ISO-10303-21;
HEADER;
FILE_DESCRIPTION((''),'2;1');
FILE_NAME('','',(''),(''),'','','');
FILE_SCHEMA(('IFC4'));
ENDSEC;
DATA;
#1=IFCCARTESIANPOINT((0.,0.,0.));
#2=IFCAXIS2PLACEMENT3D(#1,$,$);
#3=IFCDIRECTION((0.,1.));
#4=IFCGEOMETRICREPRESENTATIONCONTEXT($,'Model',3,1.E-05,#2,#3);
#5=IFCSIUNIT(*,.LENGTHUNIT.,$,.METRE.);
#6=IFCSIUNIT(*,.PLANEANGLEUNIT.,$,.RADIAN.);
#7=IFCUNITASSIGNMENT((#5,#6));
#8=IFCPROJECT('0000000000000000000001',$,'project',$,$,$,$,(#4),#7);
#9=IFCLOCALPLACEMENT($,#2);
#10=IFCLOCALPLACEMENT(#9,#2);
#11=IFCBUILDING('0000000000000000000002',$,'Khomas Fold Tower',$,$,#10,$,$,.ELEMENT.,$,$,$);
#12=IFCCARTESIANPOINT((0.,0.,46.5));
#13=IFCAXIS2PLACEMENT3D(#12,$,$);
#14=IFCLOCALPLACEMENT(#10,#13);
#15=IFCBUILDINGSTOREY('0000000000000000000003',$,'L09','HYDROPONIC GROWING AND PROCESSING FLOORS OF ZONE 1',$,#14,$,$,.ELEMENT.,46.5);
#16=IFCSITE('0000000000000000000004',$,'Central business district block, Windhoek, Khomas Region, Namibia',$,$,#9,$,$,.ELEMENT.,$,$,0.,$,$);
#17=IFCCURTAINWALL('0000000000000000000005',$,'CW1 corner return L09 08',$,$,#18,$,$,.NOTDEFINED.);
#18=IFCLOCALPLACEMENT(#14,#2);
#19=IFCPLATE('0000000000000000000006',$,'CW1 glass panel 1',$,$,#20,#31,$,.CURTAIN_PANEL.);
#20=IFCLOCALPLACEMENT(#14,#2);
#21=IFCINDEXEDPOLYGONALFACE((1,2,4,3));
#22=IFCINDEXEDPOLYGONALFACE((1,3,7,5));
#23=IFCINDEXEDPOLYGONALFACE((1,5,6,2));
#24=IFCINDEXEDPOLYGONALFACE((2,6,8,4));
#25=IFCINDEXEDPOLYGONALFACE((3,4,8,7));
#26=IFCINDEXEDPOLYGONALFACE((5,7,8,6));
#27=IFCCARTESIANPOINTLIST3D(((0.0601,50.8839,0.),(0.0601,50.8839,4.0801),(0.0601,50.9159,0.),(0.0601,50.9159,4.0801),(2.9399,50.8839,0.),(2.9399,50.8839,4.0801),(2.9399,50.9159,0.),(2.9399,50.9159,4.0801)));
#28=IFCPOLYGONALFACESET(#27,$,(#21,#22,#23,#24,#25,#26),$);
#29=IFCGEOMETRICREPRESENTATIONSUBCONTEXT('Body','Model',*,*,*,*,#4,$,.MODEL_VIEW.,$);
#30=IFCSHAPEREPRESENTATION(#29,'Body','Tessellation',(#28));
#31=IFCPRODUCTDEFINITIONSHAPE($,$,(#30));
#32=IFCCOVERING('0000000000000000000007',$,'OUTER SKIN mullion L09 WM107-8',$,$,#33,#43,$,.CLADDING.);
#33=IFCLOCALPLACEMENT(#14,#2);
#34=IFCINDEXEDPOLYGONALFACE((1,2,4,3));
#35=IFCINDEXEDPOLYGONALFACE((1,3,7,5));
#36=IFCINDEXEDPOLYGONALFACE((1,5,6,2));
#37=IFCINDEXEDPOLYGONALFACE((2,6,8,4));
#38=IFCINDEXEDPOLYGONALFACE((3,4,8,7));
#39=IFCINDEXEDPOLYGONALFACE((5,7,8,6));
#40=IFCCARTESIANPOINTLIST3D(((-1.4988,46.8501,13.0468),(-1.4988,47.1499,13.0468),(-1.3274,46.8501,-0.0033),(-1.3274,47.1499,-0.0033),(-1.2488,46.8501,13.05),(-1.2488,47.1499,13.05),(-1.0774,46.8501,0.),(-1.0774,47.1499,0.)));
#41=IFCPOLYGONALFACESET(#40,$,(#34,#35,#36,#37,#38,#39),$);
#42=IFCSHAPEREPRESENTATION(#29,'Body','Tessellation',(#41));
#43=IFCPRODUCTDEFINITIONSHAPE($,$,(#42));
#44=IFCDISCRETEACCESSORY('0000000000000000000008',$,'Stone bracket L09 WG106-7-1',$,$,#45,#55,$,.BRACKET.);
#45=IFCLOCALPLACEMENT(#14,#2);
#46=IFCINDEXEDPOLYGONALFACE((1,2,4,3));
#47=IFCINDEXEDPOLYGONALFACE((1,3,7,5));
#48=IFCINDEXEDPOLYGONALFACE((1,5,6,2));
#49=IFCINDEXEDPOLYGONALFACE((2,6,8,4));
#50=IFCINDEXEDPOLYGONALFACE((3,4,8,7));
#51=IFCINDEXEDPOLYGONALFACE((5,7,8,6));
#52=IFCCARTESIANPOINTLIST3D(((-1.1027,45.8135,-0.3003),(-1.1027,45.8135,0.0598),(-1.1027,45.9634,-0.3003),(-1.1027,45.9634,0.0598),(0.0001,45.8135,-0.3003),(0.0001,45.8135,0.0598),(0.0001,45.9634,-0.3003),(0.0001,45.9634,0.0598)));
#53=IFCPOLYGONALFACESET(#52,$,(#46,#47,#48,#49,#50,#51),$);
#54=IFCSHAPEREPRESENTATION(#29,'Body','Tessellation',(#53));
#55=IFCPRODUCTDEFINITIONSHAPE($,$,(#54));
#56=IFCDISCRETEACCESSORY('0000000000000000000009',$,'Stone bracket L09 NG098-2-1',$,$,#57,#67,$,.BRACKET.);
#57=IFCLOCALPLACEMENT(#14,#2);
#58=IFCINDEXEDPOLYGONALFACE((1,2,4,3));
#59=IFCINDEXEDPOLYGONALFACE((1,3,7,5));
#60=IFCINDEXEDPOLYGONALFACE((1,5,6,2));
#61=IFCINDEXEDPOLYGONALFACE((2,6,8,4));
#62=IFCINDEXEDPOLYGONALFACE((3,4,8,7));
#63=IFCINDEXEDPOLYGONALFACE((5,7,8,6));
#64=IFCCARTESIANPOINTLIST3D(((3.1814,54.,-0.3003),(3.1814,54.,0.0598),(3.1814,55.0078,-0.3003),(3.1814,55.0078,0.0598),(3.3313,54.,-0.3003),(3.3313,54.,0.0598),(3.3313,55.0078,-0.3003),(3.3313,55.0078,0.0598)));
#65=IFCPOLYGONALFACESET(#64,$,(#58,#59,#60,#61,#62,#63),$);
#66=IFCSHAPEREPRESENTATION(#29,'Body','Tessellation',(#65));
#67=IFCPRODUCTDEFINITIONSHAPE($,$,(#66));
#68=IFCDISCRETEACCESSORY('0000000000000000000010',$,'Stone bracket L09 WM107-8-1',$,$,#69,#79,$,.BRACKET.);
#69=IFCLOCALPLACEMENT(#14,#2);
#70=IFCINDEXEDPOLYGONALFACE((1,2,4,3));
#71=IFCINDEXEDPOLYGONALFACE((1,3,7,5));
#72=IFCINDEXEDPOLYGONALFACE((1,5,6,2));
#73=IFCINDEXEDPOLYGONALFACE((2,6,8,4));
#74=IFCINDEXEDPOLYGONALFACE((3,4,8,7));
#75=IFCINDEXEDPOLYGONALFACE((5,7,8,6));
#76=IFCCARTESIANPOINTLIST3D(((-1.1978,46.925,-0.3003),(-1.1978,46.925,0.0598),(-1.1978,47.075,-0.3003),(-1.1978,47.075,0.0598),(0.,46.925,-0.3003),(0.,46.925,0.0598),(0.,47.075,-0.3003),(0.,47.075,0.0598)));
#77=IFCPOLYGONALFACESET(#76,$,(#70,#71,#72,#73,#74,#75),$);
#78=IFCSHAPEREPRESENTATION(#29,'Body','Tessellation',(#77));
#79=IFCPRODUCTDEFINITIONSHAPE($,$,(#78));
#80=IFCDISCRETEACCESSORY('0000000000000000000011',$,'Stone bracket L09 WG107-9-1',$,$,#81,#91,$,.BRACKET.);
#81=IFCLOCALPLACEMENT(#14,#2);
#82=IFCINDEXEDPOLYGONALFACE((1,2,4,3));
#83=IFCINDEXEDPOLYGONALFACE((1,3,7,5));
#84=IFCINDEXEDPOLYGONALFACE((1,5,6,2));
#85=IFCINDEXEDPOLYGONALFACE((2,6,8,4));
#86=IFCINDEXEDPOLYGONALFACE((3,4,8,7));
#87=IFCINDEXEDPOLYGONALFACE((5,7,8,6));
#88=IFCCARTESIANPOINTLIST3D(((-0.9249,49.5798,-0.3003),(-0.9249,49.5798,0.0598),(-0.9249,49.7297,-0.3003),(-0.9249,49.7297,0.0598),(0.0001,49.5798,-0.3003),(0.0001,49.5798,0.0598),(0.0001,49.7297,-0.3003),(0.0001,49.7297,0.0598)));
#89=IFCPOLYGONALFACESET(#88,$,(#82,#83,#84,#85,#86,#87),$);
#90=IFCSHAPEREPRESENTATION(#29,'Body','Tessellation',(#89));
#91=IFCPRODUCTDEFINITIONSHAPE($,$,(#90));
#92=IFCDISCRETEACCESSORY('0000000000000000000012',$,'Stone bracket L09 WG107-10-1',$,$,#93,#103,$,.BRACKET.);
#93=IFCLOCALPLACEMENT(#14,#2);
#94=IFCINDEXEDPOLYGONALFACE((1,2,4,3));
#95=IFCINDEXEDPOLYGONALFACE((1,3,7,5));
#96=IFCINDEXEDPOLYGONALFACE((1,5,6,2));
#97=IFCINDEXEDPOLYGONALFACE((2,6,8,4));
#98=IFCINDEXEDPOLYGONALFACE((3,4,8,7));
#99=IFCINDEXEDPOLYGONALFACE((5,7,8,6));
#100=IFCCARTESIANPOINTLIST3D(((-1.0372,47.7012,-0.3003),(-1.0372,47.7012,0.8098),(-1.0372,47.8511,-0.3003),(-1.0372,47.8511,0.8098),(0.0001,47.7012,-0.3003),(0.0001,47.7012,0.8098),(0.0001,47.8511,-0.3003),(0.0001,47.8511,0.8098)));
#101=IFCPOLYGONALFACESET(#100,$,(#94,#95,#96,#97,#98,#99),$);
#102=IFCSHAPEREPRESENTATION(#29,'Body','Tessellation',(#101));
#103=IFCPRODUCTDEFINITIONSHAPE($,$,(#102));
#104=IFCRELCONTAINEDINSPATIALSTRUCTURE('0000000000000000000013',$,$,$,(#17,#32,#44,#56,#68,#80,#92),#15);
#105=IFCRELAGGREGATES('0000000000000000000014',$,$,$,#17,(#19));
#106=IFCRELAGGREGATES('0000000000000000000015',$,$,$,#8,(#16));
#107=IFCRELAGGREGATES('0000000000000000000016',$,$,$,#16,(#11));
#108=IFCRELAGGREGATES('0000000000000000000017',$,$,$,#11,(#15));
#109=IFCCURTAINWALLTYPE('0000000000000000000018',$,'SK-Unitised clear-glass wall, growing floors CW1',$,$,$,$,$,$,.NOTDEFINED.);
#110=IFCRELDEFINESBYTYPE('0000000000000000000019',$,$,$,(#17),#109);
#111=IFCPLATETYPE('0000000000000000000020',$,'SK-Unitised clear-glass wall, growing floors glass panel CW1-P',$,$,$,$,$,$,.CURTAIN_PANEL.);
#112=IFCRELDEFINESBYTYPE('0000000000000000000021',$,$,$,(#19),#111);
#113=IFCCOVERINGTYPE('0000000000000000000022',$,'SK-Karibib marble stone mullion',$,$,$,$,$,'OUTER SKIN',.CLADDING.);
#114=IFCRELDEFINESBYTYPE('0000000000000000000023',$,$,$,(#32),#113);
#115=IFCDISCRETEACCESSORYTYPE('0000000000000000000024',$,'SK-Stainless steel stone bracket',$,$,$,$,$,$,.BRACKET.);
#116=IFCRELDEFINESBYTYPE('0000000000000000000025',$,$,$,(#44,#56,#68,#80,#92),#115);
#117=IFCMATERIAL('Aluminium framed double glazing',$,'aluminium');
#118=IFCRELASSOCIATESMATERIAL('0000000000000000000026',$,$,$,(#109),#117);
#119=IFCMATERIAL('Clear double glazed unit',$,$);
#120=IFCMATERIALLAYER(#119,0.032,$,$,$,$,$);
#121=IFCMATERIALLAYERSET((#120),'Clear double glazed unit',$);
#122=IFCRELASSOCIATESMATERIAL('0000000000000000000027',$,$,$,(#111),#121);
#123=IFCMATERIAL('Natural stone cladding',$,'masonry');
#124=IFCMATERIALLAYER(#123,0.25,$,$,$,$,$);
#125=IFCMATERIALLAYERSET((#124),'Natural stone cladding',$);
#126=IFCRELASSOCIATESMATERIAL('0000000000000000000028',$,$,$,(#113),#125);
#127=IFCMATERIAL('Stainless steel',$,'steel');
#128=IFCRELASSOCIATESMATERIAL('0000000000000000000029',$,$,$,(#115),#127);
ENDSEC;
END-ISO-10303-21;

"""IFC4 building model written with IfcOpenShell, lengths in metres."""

from ifc_helpers import new_model, si_unit, direction, frame, origin, origin_2d, place, context, subcontext, project, spatial, polyline, rectangle, outline, extrude, source, transform, mapped, material, layer, layer_set, type_object, element, aggregate, save


model = new_model("IFC4")

# Units and contexts
model_context = context("Model", 3, precision=1e-05, world=origin(), true_north=direction((0.0, 1.0)))
body_context = subcontext(model_context, "Body", "Model", "MODEL_VIEW")
ifc_project = project(units=[si_unit("LENGTHUNIT", "METRE"), si_unit("PLANEANGLEUNIT", "RADIAN")], contexts=[model_context])

# Site, building, storey
site_placement = place(None, origin())
site = spatial("IfcSite", under=ifc_project, at=site_placement, Name="Central business district block, Windhoek, Khomas Region, Namibia", CompositionType="ELEMENT", RefElevation=0.0)
building_placement = place(site_placement, origin())
building = spatial("IfcBuilding", under=site, at=building_placement, Name="Khomas Fold Tower", CompositionType="ELEMENT")
storey_placement = place(building_placement, frame((0.0, 0.0, 46.5)))
storey = spatial("IfcBuildingStorey", under=building, at=storey_placement, Name="L09", Description="HYDROPONIC GROWING AND PROCESSING FLOORS OF ZONE 1", CompositionType="ELEMENT", Elevation=46.5)

# Shared definitions
ifc_material_1 = material(Name="Aluminium framed double glazing", Category="aluminium")
curtain_wall_type = type_object("IfcCurtainWallType", Name="SK-Unitised clear-glass wall, growing floors CW1", PredefinedType="NOTDEFINED", material=ifc_material_1)

# Curtain wall
curtain_wall_1_placement = place(storey_placement, origin())
curtain_wall_1 = element("IfcCurtainWall", 1, at=curtain_wall_1_placement, inside=storey, type_object=curtain_wall_type, Name="CW1 corner return L09 08", PredefinedType="NOTDEFINED")

# Plate
ifc_material_2 = material(Name="Clear double glazed unit")
ifc_layer_1 = layer(ifc_material_2, 0.032)
ifc_layer_set_1 = layer_set([ifc_layer_1], Name="Clear double glazed unit")
plate_type_1 = type_object("IfcPlateType", Name="SK-Unitised clear-glass wall, growing floors glass panel CW1-P", PredefinedType="CURTAIN_PANEL", material=ifc_layer_set_1)
shared_shape_1 = source(origin(), body_context, "Body", "SweptSolid", [
    extrude(rectangle(XDim=2.8799, YDim=0.032, at=origin_2d()), origin(), (0.0, 0.0, 1.0), 4.0801),
])
plate_1_placement = place(storey_placement, frame((1.5, 50.8999, 0.0), z_axis=(0.0, 0.0, 1.0), x_axis=(-1.0, 0.0, 0.0)))
plate_1 = element("IfcPlate", 2, at=plate_1_placement, type_object=plate_type_1, Name="CW1 glass panel 1", PredefinedType="CURTAIN_PANEL", context=body_context, shape_type="MappedRepresentation", body=[
    mapped(shared_shape_1, transform((0.0, 0.0, 0.0))),
])
aggregate(curtain_wall_1, [plate_1])

# Covering
ifc_material_3 = material(Name="Natural stone cladding", Category="masonry")
ifc_layer_2 = layer(ifc_material_3, 0.25)
ifc_layer_set_2 = layer_set([ifc_layer_2], Name="Natural stone cladding")
covering_type = type_object("IfcCoveringType", Name="SK-Karibib marble stone mullion", ElementType="OUTER SKIN", PredefinedType="CLADDING", material=ifc_layer_set_2)
covering_placement = place(storey_placement, frame((-1.2488, 47.1499, 13.05), z_axis=(0.999914, 0.0, 0.013132), x_axis=(0.013132, 0.0, -0.999914)))
element("IfcCovering", 3, at=covering_placement, inside=storey, type_object=covering_type, Name="OUTER SKIN mullion L09 WM107-8", PredefinedType="CLADDING", context=body_context, shape_type="SweptSolid", body=[
    extrude(outline(polyline([(0.0, 0.0), (13.0512, 0.0), (13.0512, -0.2998), (0.0, -0.2998), (0.0, 0.0)])), origin(), (0.0, 0.0, -1.0), 0.25),
])

# Discrete accessories
ifc_material_4 = material(Name="Stainless steel", Category="steel")
discrete_accessory_type = type_object("IfcDiscreteAccessoryType", Name="SK-Stainless steel stone bracket", PredefinedType="BRACKET", material=ifc_material_4)
shared_shape_2 = source(origin(), body_context, "Body", "SweptSolid", [
    extrude(rectangle(XDim=1.1028, YDim=0.1499, at=origin_2d()), origin(), (0.0, 0.0, 1.0), 0.3601),
])
discrete_accessory_1_placement = place(storey_placement, frame((-0.5513, 45.8884, -0.3003), z_axis=(0.0, 0.0, 1.0), x_axis=(-1.0, 0.0, 0.0)))
element("IfcDiscreteAccessory", 4, at=discrete_accessory_1_placement, inside=storey, type_object=discrete_accessory_type, Name="Stone bracket L09 WG106-7-1", PredefinedType="BRACKET", context=body_context, shape_type="MappedRepresentation", body=[
    mapped(shared_shape_2, transform((0.0, 0.0, 0.0))),
])
shared_shape_3 = source(origin(), body_context, "Body", "SweptSolid", [
    extrude(rectangle(XDim=1.0078, YDim=0.1499, at=origin_2d()), origin(), (0.0, 0.0, 1.0), 0.3601),
])
discrete_accessory_2_placement = place(storey_placement, frame((3.2563, 54.5039, -0.3003), z_axis=(0.0, 0.0, 1.0), x_axis=(0.0, 1.0, 0.0)))
element("IfcDiscreteAccessory", 5, at=discrete_accessory_2_placement, inside=storey, type_object=discrete_accessory_type, Name="Stone bracket L09 NG098-2-1", PredefinedType="BRACKET", context=body_context, shape_type="MappedRepresentation", body=[
    mapped(shared_shape_3, transform((0.0, 0.0, 0.0))),
])
shared_shape_4 = source(origin(), body_context, "Body", "SweptSolid", [
    extrude(rectangle(XDim=1.1978, YDim=0.1499, at=origin_2d()), origin(), (0.0, 0.0, 1.0), 0.3601),
])
discrete_accessory_3_placement = place(storey_placement, frame((-0.5989, 47.0, -0.3003), z_axis=(0.0, 0.0, 1.0), x_axis=(-1.0, 0.0, 0.0)))
element("IfcDiscreteAccessory", 6, at=discrete_accessory_3_placement, inside=storey, type_object=discrete_accessory_type, Name="Stone bracket L09 WM107-8-1", PredefinedType="BRACKET", context=body_context, shape_type="MappedRepresentation", body=[
    mapped(shared_shape_4, transform((0.0, 0.0, 0.0))),
])
shared_shape_5 = source(origin(), body_context, "Body", "SweptSolid", [
    extrude(rectangle(XDim=0.925, YDim=0.1499, at=origin_2d()), origin(), (0.0, 0.0, 1.0), 0.3601),
])
discrete_accessory_4_placement = place(storey_placement, frame((-0.4624, 49.6548, -0.3003), z_axis=(0.0, 0.0, 1.0), x_axis=(-1.0, 0.0, 0.0)))
element("IfcDiscreteAccessory", 7, at=discrete_accessory_4_placement, inside=storey, type_object=discrete_accessory_type, Name="Stone bracket L09 WG107-9-1", PredefinedType="BRACKET", context=body_context, shape_type="MappedRepresentation", body=[
    mapped(shared_shape_5, transform((0.0, 0.0, 0.0))),
])
shared_shape_6 = source(origin(), body_context, "Body", "SweptSolid", [
    extrude(rectangle(XDim=1.0374, YDim=0.1499, at=origin_2d()), origin(), (0.0, 0.0, 1.0), 1.1101),
])
discrete_accessory_5_placement = place(storey_placement, frame((-0.5186, 47.7761, -0.3003), z_axis=(0.0, 0.0, 1.0), x_axis=(-1.0, 0.0, 0.0)))
element("IfcDiscreteAccessory", 8, at=discrete_accessory_5_placement, inside=storey, type_object=discrete_accessory_type, Name="Stone bracket L09 WG107-10-1", PredefinedType="BRACKET", context=body_context, shape_type="MappedRepresentation", body=[
    mapped(shared_shape_6, transform((0.0, 0.0, 0.0))),
])

save(model, "model.ifc")
